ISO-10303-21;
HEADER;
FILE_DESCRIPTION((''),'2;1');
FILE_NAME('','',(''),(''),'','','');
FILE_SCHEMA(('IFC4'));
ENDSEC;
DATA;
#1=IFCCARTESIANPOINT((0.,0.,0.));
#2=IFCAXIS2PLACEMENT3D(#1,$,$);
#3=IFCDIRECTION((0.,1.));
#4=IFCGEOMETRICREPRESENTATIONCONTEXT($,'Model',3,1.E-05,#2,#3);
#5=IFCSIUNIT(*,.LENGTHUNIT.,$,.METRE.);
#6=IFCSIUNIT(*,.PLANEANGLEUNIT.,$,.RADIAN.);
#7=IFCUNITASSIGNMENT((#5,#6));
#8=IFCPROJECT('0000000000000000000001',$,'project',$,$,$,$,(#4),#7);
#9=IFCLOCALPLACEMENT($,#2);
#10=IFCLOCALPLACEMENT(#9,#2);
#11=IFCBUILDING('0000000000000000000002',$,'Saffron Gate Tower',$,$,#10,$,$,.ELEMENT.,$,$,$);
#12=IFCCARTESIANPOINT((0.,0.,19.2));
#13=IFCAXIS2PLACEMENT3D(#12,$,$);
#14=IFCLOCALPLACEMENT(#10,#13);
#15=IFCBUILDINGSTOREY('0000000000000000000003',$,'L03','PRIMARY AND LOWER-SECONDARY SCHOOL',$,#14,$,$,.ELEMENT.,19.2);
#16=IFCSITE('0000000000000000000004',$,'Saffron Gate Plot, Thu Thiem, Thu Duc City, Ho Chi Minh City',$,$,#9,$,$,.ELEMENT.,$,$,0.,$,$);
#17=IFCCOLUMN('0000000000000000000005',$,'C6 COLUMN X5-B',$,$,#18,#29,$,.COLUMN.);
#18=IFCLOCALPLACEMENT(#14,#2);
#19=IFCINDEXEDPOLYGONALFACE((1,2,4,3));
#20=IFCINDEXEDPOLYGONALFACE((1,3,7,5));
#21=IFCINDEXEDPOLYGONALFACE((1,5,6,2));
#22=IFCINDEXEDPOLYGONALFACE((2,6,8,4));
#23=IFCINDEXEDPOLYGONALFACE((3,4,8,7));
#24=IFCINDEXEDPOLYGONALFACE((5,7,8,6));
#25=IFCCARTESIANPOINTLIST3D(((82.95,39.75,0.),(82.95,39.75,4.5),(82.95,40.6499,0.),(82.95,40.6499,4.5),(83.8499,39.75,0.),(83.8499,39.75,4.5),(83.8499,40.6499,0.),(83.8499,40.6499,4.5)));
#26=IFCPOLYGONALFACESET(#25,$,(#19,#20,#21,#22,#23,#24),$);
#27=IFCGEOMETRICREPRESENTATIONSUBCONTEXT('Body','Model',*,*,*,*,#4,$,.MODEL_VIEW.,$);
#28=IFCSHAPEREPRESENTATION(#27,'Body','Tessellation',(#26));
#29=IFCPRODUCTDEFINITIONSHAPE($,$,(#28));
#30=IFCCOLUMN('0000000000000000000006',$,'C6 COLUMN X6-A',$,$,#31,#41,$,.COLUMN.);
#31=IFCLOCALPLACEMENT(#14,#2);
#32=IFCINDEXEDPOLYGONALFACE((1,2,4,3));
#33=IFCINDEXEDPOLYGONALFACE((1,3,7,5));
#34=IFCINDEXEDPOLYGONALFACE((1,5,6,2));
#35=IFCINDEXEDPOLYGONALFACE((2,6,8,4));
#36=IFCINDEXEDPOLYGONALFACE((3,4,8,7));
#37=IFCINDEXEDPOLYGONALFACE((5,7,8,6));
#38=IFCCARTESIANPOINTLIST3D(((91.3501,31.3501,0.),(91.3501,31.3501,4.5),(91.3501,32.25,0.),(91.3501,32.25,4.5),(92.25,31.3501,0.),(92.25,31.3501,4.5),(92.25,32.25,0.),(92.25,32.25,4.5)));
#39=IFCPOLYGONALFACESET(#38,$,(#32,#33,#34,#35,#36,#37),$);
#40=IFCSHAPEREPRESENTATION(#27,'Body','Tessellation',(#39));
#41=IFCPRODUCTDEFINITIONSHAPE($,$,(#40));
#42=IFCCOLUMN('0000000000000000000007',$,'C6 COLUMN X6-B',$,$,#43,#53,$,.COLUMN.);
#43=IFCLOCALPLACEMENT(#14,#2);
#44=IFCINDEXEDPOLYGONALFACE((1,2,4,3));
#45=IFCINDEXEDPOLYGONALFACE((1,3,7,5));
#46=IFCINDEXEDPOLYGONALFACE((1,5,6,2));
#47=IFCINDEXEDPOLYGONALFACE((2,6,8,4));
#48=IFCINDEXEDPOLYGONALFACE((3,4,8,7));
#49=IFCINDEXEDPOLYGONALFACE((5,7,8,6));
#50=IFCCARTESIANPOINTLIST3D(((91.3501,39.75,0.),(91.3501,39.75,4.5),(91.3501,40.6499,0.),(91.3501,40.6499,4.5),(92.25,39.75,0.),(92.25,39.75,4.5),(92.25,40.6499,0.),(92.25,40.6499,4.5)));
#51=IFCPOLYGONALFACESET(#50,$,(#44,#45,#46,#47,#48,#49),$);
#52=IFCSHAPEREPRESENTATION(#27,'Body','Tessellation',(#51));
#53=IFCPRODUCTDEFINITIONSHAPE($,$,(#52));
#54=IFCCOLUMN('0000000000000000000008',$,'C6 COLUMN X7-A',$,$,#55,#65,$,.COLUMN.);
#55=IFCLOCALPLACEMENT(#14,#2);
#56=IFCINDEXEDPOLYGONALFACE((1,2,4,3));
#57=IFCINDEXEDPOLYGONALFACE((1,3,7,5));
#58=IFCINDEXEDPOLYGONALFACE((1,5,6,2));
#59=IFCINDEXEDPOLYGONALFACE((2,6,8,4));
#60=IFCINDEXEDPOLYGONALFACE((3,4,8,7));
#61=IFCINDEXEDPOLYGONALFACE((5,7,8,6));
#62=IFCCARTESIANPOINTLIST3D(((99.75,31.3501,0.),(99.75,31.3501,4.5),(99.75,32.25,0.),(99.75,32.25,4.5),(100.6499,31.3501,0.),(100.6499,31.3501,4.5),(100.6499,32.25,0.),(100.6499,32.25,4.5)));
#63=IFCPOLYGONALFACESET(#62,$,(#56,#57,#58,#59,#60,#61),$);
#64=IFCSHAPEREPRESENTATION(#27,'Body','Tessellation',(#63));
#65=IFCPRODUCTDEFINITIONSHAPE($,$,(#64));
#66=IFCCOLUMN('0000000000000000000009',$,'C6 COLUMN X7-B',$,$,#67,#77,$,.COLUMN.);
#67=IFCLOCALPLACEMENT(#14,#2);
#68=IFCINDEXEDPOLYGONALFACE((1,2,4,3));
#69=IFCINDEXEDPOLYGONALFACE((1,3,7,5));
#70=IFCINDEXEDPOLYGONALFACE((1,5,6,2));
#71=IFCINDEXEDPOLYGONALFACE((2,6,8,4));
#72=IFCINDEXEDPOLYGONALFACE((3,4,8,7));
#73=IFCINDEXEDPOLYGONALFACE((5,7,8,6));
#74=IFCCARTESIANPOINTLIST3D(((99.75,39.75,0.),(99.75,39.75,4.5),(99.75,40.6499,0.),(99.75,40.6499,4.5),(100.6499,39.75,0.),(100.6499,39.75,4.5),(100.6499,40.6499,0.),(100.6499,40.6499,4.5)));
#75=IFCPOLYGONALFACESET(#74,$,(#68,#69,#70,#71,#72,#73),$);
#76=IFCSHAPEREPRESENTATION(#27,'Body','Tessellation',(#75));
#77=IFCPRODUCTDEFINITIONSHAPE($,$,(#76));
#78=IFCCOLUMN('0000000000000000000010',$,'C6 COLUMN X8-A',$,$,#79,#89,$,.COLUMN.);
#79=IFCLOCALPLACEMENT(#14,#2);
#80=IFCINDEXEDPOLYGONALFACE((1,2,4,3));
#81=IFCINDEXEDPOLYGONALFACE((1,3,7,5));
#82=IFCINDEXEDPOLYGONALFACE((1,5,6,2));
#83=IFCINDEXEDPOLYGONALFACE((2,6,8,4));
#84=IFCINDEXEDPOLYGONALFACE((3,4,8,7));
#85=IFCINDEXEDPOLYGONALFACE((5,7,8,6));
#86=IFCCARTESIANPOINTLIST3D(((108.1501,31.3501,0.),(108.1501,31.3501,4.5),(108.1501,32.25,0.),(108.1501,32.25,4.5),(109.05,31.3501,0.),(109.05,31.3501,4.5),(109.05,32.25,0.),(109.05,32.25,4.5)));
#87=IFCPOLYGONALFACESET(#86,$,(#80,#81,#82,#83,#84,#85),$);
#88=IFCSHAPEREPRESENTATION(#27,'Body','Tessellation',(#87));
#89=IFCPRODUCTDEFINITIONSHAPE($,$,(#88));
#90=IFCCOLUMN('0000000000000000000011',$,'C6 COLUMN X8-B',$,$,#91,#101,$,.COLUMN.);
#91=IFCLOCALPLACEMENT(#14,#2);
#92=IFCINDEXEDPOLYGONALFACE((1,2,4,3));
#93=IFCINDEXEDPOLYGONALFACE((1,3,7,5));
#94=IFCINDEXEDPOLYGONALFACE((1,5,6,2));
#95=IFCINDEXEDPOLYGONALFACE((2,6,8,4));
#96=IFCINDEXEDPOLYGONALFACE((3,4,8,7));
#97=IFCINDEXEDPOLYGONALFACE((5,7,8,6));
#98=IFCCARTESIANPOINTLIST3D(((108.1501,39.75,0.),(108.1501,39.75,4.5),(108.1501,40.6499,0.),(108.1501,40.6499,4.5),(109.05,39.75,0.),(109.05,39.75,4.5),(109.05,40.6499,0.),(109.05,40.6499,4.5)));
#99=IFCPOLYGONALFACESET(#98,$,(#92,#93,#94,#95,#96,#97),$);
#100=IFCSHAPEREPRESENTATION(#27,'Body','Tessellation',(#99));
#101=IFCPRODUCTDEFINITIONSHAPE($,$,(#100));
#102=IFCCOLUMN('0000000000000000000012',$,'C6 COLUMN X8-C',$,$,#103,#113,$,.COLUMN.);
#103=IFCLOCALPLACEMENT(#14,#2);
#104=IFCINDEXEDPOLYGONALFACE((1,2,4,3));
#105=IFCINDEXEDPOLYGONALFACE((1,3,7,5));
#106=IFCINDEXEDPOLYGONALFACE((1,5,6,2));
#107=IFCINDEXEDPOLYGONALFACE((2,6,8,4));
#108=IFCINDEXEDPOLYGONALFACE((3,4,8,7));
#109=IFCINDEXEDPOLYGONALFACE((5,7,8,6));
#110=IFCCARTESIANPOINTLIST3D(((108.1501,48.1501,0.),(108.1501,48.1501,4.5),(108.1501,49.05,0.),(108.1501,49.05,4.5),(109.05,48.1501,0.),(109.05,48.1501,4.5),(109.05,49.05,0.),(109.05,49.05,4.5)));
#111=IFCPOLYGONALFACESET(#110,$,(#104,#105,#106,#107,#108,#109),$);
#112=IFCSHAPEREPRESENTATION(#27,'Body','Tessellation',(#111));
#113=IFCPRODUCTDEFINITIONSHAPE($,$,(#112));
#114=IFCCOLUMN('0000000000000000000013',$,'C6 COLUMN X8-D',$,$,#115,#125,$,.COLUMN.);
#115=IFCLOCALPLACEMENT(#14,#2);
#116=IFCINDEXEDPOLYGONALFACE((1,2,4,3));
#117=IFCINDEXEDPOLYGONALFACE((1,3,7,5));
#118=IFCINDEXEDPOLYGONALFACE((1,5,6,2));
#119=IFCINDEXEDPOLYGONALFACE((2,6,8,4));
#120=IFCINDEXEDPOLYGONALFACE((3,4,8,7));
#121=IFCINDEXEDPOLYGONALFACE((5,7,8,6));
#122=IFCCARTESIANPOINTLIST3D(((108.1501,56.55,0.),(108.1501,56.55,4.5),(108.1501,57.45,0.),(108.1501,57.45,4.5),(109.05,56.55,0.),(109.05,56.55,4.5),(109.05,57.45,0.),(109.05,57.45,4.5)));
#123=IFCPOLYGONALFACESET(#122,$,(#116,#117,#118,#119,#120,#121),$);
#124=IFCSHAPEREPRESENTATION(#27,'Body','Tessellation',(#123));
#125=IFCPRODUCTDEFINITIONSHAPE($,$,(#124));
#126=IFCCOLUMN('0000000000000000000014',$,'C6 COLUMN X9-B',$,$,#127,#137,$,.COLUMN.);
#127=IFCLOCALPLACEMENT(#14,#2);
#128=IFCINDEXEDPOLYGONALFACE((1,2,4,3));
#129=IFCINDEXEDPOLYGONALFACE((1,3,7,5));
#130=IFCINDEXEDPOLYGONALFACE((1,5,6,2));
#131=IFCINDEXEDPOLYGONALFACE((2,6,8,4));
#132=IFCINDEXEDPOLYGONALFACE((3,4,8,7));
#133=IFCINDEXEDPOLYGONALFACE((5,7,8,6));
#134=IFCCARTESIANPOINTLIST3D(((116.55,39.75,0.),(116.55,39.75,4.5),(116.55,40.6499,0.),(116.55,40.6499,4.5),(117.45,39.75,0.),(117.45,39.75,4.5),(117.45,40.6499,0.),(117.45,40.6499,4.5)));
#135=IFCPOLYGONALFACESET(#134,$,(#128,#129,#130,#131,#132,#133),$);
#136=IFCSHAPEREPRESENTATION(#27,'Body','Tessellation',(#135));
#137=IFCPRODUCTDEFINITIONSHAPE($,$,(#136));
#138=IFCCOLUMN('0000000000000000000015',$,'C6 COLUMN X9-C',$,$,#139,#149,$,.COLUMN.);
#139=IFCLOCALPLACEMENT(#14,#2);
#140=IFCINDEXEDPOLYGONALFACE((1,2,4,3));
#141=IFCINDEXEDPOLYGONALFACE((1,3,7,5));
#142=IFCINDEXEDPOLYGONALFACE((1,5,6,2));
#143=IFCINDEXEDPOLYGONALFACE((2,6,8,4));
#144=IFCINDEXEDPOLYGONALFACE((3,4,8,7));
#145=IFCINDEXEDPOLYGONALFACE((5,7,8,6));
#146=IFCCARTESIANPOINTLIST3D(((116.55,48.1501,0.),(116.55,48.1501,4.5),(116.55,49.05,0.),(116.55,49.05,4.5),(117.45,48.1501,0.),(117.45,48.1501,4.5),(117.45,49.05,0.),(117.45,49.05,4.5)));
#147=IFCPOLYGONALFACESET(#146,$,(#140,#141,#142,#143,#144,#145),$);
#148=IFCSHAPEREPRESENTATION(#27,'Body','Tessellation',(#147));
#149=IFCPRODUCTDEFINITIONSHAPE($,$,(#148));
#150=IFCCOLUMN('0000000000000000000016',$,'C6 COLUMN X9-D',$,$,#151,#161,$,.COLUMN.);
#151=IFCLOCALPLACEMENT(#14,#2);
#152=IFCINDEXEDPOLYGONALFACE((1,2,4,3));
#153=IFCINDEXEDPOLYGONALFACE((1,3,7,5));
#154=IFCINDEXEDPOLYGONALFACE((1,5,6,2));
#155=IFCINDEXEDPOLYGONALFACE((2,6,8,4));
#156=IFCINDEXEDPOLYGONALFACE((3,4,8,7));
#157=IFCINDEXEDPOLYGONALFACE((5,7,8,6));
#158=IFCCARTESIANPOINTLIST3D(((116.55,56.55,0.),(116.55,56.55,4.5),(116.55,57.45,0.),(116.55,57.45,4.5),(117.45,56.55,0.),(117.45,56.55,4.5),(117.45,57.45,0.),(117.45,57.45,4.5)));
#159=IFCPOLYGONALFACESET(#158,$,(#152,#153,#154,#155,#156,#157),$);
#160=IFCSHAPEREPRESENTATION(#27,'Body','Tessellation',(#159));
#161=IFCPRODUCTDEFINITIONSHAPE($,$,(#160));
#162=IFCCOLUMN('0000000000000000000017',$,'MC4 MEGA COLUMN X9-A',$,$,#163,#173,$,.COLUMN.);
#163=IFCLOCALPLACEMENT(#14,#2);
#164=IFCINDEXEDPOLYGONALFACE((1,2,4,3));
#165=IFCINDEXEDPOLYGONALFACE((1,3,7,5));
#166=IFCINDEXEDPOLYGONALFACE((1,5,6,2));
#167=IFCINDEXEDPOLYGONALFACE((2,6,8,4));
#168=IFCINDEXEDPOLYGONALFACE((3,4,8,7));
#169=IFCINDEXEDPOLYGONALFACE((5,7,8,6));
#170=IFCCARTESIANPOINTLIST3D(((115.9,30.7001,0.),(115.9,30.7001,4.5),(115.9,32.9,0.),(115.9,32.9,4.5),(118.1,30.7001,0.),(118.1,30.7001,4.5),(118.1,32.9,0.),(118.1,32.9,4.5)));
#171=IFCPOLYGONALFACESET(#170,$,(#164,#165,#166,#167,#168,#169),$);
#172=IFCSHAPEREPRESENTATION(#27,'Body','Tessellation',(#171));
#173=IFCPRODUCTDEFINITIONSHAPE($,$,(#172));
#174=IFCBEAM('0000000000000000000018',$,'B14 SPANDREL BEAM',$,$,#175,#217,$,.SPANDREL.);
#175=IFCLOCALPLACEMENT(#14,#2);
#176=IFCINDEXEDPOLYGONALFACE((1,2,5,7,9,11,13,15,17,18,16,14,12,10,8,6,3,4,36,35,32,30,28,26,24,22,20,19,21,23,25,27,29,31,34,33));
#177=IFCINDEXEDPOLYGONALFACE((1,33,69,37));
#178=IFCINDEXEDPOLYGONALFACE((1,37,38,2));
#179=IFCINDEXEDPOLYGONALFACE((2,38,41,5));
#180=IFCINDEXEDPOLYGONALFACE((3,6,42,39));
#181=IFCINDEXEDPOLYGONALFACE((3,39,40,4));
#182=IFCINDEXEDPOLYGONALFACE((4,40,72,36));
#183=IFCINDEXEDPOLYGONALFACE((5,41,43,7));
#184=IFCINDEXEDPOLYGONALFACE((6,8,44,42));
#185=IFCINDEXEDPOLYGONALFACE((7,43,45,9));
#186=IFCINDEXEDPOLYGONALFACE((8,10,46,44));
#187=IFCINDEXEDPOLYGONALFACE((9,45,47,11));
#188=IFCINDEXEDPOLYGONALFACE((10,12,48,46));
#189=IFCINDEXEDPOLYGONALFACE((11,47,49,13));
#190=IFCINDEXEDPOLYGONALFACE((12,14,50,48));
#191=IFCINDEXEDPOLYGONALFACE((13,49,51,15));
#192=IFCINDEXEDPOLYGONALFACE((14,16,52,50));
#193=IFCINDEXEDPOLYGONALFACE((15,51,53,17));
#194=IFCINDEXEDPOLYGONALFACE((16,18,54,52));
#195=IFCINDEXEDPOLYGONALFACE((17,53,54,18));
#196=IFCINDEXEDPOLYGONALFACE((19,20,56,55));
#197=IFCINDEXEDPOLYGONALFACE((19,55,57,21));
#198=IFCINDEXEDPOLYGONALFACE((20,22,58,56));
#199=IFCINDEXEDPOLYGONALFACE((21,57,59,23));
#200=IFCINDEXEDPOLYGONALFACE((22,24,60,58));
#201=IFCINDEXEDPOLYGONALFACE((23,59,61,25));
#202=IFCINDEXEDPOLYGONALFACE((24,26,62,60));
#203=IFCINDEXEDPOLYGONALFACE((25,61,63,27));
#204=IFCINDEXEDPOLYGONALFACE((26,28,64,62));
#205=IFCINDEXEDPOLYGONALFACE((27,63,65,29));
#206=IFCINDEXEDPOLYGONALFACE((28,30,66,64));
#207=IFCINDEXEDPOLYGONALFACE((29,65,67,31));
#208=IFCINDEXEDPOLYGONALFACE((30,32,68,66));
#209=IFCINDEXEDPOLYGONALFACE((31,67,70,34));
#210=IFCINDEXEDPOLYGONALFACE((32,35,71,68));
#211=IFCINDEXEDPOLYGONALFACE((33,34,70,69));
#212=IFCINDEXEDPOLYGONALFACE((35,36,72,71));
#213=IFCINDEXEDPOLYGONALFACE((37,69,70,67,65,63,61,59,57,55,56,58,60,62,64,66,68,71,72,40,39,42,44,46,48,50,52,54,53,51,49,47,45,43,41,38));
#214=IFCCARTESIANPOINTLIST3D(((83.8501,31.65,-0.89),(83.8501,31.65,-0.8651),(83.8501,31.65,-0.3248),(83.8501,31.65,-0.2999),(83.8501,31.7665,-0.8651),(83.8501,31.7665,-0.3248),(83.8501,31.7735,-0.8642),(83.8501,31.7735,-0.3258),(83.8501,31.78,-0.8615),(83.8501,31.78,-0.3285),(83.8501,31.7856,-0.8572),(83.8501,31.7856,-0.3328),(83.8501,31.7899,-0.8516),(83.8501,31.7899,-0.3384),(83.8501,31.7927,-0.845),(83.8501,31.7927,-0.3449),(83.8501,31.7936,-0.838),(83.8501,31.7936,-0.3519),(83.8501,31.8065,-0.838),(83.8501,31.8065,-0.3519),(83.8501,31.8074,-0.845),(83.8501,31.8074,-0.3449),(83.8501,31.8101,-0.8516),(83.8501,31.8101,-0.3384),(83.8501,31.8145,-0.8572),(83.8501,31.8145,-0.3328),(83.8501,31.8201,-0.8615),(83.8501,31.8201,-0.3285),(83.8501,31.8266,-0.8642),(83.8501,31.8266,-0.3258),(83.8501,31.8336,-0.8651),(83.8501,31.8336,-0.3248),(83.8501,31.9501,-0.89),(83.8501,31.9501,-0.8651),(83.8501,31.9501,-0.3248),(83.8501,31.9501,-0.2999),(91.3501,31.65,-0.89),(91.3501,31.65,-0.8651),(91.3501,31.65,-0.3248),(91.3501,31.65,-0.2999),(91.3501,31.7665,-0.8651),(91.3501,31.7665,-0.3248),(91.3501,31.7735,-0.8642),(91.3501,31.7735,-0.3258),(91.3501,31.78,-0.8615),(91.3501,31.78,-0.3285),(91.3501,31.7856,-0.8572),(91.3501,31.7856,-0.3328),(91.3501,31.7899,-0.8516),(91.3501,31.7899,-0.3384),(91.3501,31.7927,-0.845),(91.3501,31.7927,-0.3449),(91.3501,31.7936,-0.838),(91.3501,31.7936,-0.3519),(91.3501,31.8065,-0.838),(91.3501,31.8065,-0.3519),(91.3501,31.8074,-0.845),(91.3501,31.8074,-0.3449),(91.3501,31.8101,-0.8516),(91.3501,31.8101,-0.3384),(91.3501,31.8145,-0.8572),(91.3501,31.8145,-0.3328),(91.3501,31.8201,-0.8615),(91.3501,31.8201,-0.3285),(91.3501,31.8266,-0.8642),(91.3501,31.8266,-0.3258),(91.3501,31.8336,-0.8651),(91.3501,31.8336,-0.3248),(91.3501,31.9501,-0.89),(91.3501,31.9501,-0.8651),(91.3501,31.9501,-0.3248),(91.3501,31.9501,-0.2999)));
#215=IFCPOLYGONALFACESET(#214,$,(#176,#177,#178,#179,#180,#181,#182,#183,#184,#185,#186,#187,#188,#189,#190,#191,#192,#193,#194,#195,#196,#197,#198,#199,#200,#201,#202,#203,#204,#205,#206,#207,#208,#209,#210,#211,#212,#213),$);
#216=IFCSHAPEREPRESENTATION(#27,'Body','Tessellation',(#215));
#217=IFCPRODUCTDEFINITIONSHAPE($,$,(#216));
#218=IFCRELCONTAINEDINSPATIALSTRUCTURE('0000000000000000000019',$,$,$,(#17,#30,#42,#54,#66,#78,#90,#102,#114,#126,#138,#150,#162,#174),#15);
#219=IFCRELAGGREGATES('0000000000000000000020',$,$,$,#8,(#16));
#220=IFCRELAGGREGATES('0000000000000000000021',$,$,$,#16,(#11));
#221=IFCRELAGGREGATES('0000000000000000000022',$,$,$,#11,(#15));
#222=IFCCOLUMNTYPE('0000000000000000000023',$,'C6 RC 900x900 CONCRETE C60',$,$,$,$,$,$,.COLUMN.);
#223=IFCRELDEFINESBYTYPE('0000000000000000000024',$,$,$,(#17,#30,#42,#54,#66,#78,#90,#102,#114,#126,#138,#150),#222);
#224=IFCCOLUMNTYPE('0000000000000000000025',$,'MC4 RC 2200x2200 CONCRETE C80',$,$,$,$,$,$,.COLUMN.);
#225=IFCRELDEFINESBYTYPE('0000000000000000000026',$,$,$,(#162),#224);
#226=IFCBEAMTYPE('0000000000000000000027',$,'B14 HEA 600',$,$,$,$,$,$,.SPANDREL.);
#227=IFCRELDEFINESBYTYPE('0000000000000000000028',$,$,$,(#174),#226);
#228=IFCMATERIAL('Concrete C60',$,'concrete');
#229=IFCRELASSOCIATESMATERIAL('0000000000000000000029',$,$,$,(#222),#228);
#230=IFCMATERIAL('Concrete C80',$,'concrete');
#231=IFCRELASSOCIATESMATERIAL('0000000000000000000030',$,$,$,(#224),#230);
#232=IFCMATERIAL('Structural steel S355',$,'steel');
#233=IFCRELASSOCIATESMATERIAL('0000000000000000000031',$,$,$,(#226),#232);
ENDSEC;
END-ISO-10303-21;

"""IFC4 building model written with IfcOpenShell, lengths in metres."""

from ifc_helpers import new_model, si_unit, direction, frame, origin, origin_2d, place, context, subcontext, project, spatial, rectangle, i_section, extrude, material, material_profile, profile_set, type_object, element, save


model = new_model("IFC4")

# Units and contexts
model_context = context("Model", 3, precision=1e-05, world=origin(), true_north=direction((0.0, 1.0)))
body_context = subcontext(model_context, "Body", "Model", "MODEL_VIEW")
ifc_project = project(units=[si_unit("LENGTHUNIT", "METRE"), si_unit("PLANEANGLEUNIT", "RADIAN")], contexts=[model_context])

# Site, building, storey
site_placement = place(None, origin())
site = spatial("IfcSite", under=ifc_project, at=site_placement, Name="Saffron Gate Plot, Thu Thiem, Thu Duc City, Ho Chi Minh City", CompositionType="ELEMENT", RefElevation=0.0)
building_placement = place(site_placement, origin())
building = spatial("IfcBuilding", under=site, at=building_placement, Name="Saffron Gate Tower", CompositionType="ELEMENT")
storey_placement = place(building_placement, frame((0.0, 0.0, 19.2)))
storey = spatial("IfcBuildingStorey", under=building, at=storey_placement, Name="L03", Description="PRIMARY AND LOWER-SECONDARY SCHOOL", CompositionType="ELEMENT", Elevation=19.2)

# Columns
ifc_material_1 = material(Name="Concrete C60", Category="concrete")
ifc_material_profile_1 = material_profile(ifc_material_1, rectangle(XDim=0.8999, YDim=0.8999, at=origin_2d()))
ifc_profile_set_1 = profile_set([ifc_material_profile_1], Name="Concrete C60")
column_type_1 = type_object("IfcColumnType", Name="C6 RC 900x900 CONCRETE C60", PredefinedType="COLUMN", material=ifc_profile_set_1)
for number, where, z_axis, x_axis, name in (
    (1, (83.3999, 40.2, 0.0), (0.0, 0.0, 1.0), (1.0, 0.0, 0.0), "C6 COLUMN X5-B"),
    (2, (91.8, 31.8, 0.0), (0.0, 0.0, 1.0), (1.0, 0.0, 0.0), "C6 COLUMN X6-A"),
    (3, (91.8, 40.2, 0.0), (0.0, 0.0, 1.0), (1.0, 0.0, 0.0), "C6 COLUMN X6-B"),
    (4, (100.2, 31.8, 0.0), (0.0, 0.0, 1.0), (1.0, 0.0, 0.0), "C6 COLUMN X7-A"),
    (5, (100.2, 40.2, 0.0), (0.0, 0.0, 1.0), (1.0, 0.0, 0.0), "C6 COLUMN X7-B"),
    (6, (108.6001, 31.8, 0.0), (0.0, 0.0, 1.0), (1.0, 0.0, 0.0), "C6 COLUMN X8-A"),
    (7, (108.6001, 40.2, 0.0), (0.0, 0.0, 1.0), (1.0, 0.0, 0.0), "C6 COLUMN X8-B"),
    (8, (108.6001, 48.6001, 0.0), (0.0, 0.0, 1.0), (1.0, 0.0, 0.0), "C6 COLUMN X8-C"),
    (9, (108.6001, 57.0, 0.0), (0.0, 0.0, 1.0), (1.0, 0.0, 0.0), "C6 COLUMN X8-D"),
    (10, (117.0, 40.2, 0.0), (0.0, 0.0, 1.0), (1.0, 0.0, 0.0), "C6 COLUMN X9-B"),
    (11, (117.0, 48.6001, 0.0), (0.0, 0.0, 1.0), (1.0, 0.0, 0.0), "C6 COLUMN X9-C"),
    (12, (117.0, 57.0, 0.0), (0.0, 0.0, 1.0), (1.0, 0.0, 0.0), "C6 COLUMN X9-D"),
):
    element("IfcColumn", number, at=place(storey_placement, frame(where, z_axis=z_axis, x_axis=x_axis)), inside=storey, type_object=column_type_1, Name=name, PredefinedType="COLUMN", context=body_context, shape_type="SweptSolid", body=[
        extrude(rectangle(XDim=0.8999, YDim=0.8999, at=origin_2d()), origin(), (0.0, 0.0, 1.0), 4.5),
    ])
ifc_material_2 = material(Name="Concrete C80", Category="concrete")
ifc_material_profile_2 = material_profile(ifc_material_2, rectangle(XDim=2.2, YDim=2.2, at=origin_2d()))
ifc_profile_set_2 = profile_set([ifc_material_profile_2], Name="Concrete C80")
column_type_2 = type_object("IfcColumnType", Name="MC4 RC 2200x2200 CONCRETE C80", PredefinedType="COLUMN", material=ifc_profile_set_2)
column_placement = place(storey_placement, frame((117.0, 31.8, 0.0), z_axis=(0.0, 0.0, 1.0), x_axis=(1.0, 0.0, 0.0)))
element("IfcColumn", 13, at=column_placement, inside=storey, type_object=column_type_2, Name="MC4 MEGA COLUMN X9-A", PredefinedType="COLUMN", context=body_context, shape_type="SweptSolid", body=[
    extrude(rectangle(XDim=2.2, YDim=2.2, at=origin_2d()), origin(), (0.0, 0.0, 1.0), 4.5),
])

# Beam
ifc_material_3 = material(Name="Structural steel S355", Category="steel")
ifc_material_profile_3 = material_profile(ifc_material_3, i_section(OverallWidth=0.3, OverallDepth=0.5901, WebThickness=0.0129, FlangeThickness=0.0249, FilletRadius=0.0271, at=origin_2d()))
ifc_profile_set_3 = profile_set([ifc_material_profile_3], Name="Structural steel S355")
beam_type_1 = type_object("IfcBeamType", Name="B14 HEA 600", PredefinedType="SPANDREL", material=ifc_profile_set_3)
for number, where, z_axis, x_axis, name in (
    (14, (83.8501, 31.8, -0.595), (1.0, 0.0, 0.0), (0.0, 1.0, 0.0), "B14 SPANDREL BEAM"),
):
    element("IfcBeam", number, at=place(storey_placement, frame(where, z_axis=z_axis, x_axis=x_axis)), inside=storey, type_object=beam_type_1, Name=name, PredefinedType="SPANDREL", context=body_context, shape_type="SweptSolid", body=[
        extrude(i_section(OverallWidth=0.3, OverallDepth=0.5901, WebThickness=0.0129, FlangeThickness=0.0249, FilletRadius=0.0271, at=origin_2d()), origin(), (0.0, 0.0, 1.0), 7.5),
    ])

save(model, "model.ifc")
